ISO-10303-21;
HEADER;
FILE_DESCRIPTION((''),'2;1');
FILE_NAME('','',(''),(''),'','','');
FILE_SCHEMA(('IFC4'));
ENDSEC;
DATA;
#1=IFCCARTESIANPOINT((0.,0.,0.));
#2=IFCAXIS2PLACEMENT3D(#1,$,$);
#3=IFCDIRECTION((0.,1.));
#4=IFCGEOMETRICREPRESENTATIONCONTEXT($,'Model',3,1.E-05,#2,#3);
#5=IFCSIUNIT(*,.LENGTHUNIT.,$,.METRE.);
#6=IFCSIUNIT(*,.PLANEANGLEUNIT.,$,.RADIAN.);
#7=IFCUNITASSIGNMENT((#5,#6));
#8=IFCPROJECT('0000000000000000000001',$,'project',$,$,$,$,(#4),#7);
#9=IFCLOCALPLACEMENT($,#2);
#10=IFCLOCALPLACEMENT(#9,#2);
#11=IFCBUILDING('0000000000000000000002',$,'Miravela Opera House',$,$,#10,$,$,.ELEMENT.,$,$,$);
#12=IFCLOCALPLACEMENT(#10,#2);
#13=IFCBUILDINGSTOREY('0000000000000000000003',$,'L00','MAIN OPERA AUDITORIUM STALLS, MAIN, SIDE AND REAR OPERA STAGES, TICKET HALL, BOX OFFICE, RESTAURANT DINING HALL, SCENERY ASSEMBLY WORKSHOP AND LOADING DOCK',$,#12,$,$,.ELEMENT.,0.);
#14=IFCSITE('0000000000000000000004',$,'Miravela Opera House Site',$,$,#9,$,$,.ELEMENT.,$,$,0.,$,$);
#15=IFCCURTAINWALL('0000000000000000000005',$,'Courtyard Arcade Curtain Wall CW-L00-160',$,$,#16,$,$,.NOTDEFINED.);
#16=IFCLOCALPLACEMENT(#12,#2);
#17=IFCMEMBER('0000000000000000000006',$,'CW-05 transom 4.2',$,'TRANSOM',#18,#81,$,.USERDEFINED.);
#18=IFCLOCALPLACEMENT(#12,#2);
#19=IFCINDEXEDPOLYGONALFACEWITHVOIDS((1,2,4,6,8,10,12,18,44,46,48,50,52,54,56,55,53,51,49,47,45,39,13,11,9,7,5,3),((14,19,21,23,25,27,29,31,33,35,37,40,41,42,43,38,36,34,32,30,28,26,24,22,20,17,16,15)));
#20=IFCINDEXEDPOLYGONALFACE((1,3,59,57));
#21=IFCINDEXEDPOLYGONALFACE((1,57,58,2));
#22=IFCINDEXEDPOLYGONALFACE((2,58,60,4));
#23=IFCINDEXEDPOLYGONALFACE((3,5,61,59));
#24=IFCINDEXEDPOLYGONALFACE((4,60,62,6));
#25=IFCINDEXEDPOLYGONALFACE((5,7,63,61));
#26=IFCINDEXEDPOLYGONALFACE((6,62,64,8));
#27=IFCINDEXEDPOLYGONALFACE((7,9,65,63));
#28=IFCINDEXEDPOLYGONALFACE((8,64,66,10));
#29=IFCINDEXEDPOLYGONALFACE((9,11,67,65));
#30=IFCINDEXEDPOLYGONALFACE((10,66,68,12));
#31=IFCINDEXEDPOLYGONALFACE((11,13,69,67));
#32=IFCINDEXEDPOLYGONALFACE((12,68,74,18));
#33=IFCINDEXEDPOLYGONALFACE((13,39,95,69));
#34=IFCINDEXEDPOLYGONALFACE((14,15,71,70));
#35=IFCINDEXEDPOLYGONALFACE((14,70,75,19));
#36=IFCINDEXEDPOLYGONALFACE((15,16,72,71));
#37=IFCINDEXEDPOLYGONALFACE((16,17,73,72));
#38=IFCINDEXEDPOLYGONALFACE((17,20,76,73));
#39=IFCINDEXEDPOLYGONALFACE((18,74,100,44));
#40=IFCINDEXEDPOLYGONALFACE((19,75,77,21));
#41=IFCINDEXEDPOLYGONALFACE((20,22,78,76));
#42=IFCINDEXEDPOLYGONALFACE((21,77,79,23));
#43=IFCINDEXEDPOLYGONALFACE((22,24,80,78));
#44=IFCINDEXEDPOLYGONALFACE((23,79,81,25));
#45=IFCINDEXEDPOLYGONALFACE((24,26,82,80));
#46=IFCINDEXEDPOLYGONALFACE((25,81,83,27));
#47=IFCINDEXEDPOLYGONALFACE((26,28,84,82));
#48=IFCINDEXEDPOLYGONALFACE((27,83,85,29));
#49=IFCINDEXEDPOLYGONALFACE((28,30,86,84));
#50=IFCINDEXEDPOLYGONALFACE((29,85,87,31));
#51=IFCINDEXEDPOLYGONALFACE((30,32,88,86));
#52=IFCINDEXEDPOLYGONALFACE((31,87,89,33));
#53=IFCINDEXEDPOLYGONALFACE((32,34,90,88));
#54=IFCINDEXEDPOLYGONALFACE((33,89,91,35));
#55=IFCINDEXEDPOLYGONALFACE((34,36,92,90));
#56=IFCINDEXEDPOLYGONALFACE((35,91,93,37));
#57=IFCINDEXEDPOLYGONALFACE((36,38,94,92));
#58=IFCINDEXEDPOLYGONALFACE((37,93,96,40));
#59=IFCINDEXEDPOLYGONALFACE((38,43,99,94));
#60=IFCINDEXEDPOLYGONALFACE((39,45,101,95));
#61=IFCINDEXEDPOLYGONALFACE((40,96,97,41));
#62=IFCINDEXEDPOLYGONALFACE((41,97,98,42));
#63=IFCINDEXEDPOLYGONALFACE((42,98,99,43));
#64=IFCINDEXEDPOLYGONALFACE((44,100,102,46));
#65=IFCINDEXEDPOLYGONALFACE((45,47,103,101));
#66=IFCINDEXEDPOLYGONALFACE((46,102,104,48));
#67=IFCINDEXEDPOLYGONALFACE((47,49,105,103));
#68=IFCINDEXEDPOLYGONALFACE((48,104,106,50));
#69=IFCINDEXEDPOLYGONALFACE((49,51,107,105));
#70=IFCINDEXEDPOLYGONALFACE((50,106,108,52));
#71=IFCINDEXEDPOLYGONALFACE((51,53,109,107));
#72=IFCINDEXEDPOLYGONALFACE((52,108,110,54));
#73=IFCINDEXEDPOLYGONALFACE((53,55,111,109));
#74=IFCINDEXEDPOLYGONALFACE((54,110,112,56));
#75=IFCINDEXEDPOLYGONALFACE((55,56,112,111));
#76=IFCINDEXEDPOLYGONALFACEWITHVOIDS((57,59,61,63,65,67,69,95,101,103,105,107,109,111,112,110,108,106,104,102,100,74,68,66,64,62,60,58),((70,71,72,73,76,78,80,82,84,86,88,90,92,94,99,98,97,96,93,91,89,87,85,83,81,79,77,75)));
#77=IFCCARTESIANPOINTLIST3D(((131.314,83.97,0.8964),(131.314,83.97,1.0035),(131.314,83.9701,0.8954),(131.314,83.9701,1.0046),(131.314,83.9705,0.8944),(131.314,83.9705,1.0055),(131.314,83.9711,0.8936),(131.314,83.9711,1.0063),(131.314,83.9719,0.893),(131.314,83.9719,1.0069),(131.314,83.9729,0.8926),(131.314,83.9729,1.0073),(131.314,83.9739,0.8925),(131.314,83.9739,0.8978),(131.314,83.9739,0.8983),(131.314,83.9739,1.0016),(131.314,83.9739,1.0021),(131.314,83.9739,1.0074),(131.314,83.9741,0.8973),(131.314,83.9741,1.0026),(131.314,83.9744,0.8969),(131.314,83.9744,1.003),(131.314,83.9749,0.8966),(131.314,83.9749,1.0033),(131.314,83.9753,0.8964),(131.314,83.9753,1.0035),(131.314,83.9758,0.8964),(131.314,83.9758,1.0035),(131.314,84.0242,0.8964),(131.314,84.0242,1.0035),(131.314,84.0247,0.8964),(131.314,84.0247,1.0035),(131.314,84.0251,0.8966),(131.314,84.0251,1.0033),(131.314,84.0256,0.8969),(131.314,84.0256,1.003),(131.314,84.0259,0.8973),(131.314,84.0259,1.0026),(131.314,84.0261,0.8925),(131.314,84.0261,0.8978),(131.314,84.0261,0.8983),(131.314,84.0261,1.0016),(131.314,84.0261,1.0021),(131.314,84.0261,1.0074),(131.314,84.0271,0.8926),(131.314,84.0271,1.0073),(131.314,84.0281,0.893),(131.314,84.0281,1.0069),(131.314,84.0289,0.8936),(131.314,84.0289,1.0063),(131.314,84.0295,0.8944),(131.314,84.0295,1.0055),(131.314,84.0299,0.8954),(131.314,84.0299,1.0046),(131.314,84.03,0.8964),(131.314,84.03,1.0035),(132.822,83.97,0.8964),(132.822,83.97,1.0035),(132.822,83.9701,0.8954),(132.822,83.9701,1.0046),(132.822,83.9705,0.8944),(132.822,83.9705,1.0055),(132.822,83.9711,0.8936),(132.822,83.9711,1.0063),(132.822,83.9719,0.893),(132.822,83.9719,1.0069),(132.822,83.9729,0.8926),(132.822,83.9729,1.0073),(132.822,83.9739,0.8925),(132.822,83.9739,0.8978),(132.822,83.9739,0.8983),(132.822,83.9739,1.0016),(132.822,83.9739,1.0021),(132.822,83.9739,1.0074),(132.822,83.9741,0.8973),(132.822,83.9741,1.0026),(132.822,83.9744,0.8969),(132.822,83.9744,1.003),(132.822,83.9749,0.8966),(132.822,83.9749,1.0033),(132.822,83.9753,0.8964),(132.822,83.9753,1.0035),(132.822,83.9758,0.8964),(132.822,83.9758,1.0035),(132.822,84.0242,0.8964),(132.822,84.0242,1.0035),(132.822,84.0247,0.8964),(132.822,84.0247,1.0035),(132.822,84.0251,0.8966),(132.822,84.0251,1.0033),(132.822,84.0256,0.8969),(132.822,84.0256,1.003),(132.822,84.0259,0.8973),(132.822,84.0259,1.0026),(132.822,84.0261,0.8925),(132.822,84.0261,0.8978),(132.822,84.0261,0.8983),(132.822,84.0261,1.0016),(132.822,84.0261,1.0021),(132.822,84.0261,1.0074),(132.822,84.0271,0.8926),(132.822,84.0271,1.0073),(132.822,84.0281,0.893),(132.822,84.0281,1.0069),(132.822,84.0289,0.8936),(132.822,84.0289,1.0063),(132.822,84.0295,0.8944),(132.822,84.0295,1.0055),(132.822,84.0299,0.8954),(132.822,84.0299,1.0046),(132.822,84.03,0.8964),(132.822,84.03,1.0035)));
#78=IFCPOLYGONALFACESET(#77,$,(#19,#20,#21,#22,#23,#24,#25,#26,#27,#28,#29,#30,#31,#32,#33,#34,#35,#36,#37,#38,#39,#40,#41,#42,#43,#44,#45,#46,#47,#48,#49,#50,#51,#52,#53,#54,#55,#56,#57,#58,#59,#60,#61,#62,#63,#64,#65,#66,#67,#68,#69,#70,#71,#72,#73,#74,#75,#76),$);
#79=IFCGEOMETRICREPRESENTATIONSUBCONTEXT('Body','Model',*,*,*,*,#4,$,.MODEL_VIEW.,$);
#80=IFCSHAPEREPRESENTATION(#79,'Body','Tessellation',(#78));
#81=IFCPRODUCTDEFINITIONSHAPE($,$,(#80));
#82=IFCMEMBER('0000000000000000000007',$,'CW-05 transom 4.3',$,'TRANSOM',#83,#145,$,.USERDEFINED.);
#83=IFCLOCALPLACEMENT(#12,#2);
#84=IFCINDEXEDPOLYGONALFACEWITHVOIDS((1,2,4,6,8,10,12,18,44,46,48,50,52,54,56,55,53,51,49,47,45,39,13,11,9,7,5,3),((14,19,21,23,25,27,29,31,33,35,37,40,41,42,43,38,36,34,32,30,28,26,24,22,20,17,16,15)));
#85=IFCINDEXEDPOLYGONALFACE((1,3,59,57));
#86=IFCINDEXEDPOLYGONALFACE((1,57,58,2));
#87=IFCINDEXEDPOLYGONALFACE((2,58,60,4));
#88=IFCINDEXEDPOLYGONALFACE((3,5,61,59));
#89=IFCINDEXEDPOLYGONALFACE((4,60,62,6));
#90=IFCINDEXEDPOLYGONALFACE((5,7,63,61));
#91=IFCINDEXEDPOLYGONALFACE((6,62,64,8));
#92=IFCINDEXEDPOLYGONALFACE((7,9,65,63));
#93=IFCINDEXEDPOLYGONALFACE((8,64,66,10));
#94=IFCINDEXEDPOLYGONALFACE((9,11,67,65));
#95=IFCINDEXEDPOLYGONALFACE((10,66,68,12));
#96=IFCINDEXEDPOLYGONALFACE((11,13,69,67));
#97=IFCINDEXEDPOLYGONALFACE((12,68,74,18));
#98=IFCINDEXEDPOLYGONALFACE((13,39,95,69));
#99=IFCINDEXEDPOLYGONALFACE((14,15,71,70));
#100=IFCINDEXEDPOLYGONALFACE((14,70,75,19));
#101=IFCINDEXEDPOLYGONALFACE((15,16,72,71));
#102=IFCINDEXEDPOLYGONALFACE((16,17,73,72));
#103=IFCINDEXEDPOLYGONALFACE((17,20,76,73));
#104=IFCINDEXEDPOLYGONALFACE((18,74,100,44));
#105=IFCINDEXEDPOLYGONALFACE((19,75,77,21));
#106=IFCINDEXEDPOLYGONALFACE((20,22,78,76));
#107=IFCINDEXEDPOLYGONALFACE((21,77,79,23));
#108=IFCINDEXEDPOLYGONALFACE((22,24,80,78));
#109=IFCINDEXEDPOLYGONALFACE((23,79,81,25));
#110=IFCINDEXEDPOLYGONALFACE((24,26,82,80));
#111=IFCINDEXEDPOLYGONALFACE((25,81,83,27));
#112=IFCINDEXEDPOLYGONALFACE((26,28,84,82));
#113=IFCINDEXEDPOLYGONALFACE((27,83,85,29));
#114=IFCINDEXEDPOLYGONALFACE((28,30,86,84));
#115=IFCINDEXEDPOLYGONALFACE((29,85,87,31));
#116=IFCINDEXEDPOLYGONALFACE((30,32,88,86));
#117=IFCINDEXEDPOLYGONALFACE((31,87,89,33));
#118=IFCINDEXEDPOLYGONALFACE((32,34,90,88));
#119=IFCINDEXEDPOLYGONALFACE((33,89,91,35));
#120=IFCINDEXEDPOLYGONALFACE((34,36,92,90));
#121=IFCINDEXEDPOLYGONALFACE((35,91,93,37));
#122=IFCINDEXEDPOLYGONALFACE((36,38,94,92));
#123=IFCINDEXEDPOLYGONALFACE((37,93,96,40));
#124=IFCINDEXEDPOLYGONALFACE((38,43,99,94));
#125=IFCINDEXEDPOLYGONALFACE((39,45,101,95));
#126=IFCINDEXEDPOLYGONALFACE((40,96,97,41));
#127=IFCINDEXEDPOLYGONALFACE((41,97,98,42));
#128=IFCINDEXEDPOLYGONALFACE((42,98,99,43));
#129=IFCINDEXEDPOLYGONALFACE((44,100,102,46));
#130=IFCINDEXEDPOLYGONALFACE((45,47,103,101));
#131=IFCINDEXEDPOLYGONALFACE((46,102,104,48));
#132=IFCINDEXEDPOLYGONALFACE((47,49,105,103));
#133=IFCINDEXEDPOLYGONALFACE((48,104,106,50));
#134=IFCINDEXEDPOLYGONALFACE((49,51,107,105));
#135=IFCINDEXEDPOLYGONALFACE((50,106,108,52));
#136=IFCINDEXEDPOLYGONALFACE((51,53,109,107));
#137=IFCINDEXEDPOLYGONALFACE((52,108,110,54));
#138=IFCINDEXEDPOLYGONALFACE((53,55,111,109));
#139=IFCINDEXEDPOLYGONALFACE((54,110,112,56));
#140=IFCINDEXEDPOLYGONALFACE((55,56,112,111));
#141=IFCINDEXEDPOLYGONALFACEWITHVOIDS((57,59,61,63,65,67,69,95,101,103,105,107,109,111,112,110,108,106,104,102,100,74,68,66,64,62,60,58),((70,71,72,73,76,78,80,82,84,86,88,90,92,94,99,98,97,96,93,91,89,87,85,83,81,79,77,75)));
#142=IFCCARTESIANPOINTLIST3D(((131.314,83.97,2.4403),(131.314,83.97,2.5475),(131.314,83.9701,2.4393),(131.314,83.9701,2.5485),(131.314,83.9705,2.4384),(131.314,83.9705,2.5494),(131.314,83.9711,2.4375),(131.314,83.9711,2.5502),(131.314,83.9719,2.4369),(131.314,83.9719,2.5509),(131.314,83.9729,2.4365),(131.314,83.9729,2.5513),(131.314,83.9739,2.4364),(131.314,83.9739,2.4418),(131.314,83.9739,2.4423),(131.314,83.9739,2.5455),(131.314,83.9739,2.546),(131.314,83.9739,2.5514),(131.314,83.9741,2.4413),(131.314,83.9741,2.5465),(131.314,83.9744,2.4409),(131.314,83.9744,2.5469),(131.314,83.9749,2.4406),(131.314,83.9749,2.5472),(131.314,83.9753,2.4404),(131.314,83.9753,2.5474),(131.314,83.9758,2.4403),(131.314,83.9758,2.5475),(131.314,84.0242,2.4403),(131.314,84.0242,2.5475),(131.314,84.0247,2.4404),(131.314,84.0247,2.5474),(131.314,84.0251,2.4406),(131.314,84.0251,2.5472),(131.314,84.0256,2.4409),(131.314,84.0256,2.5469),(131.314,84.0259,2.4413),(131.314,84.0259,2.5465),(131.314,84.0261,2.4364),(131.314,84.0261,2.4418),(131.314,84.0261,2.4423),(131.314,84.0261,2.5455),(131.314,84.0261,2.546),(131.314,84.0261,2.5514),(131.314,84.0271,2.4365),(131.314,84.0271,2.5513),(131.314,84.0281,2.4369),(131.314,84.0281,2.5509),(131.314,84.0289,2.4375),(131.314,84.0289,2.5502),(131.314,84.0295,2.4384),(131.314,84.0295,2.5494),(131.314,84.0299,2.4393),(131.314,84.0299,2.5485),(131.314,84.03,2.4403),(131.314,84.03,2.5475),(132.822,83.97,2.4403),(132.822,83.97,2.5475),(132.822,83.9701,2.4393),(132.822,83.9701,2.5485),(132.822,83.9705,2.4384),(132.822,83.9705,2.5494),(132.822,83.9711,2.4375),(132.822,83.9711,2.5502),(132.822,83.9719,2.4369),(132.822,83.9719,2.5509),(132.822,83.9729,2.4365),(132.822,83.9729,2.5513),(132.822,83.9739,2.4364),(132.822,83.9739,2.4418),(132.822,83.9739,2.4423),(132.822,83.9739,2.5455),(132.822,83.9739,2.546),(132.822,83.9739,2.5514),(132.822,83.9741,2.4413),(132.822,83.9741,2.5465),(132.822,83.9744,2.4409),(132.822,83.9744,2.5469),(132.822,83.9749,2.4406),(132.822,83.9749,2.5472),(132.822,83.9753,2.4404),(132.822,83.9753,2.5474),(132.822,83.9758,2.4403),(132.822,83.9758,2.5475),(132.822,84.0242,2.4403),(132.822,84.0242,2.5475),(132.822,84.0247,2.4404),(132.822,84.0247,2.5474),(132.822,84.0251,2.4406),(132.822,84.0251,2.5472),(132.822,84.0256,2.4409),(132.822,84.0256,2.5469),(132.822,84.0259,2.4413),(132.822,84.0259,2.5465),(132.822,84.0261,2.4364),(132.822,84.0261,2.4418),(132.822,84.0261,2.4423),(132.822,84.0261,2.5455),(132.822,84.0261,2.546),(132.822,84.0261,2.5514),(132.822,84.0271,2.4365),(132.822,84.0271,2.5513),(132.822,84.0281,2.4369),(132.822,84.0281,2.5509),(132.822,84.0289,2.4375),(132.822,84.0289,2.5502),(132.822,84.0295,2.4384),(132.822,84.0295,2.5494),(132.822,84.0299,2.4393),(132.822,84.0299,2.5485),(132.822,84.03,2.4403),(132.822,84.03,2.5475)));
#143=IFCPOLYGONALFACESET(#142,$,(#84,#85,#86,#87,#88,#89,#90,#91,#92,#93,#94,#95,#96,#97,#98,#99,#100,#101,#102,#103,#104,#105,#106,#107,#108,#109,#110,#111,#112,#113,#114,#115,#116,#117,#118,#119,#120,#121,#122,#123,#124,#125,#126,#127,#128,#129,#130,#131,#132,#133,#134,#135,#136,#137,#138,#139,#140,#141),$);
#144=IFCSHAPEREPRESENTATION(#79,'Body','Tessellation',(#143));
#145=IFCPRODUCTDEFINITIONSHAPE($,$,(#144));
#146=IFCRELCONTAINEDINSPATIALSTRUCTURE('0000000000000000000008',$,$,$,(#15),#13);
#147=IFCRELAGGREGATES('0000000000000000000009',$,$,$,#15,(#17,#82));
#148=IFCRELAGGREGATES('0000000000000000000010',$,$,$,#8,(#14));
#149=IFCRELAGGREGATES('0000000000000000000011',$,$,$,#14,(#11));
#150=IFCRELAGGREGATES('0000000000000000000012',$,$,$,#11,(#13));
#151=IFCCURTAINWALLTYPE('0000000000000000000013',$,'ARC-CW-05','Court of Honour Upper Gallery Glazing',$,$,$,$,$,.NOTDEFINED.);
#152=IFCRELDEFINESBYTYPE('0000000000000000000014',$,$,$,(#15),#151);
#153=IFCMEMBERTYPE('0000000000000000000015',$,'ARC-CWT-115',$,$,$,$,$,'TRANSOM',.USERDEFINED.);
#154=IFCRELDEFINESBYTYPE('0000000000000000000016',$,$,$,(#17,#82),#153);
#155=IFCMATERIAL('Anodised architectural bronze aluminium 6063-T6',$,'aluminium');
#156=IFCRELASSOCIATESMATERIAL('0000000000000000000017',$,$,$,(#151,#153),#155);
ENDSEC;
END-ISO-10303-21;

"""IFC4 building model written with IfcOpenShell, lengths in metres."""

from ifc_helpers import new_model, si_unit, direction, frame, origin, origin_2d, place, context, subcontext, project, spatial, hollow_rectangle, extrude, material, material_profile, profile_set, type_object, element, aggregate, save


model = new_model("IFC4")

# Units and contexts
model_context = context("Model", 3, precision=1e-05, world=origin(), true_north=direction((0.0, 1.0)))
body_context = subcontext(model_context, "Body", "Model", "MODEL_VIEW")
ifc_project = project(units=[si_unit("LENGTHUNIT", "METRE"), si_unit("PLANEANGLEUNIT", "RADIAN")], contexts=[model_context])

# Site, building, storey
site_placement = place(None, origin())
site = spatial("IfcSite", under=ifc_project, at=site_placement, Name="Miravela Opera House Site", CompositionType="ELEMENT", RefElevation=0.0)
building_placement = place(site_placement, origin())
building = spatial("IfcBuilding", under=site, at=building_placement, Name="Miravela Opera House", CompositionType="ELEMENT")
storey_placement = place(building_placement, origin())
storey = spatial("IfcBuildingStorey", under=building, at=storey_placement, Name="L00", Description="MAIN OPERA AUDITORIUM STALLS, MAIN, SIDE AND REAR OPERA STAGES, TICKET HALL, BOX OFFICE, RESTAURANT DINING HALL, SCENERY ASSEMBLY WORKSHOP AND LOADING DOCK", CompositionType="ELEMENT", Elevation=0.0)

# Curtain wall, members
ifc_material_1 = material(Name="Anodised architectural bronze aluminium 6063-T6", Category="aluminium")
curtain_wall_type = type_object("IfcCurtainWallType", Name="ARC-CW-05", Description="Court of Honour Upper Gallery Glazing", PredefinedType="NOTDEFINED", material=ifc_material_1)
curtain_wall_placement = place(storey_placement, origin())
curtain_wall = element("IfcCurtainWall", 1, at=curtain_wall_placement, inside=storey, type_object=curtain_wall_type, Name="Courtyard Arcade Curtain Wall CW-L00-160", PredefinedType="NOTDEFINED")
ifc_material_profile_1 = material_profile(ifc_material_1, hollow_rectangle(XDim=0.0601, YDim=0.115, WallThickness=0.0039, InnerFilletRadius=0.002, OuterFilletRadius=0.0039, at=origin_2d()), Name="CWT-60X115")
ifc_profile_set_1 = profile_set([ifc_material_profile_1])
member_type_1 = type_object("IfcMemberType", Name="ARC-CWT-115", ElementType="TRANSOM", PredefinedType="USERDEFINED", material=ifc_profile_set_1)
member_1_placement = place(storey_placement, frame((131.314, 84.0, 0.95), z_axis=(1.0, 0.0, 0.0), x_axis=(0.0, 1.0, 0.0)))
member_1 = element("IfcMember", 2, at=member_1_placement, type_object=member_type_1, Name="CW-05 transom 4.2", ObjectType="TRANSOM", PredefinedType="USERDEFINED", context=body_context, shape_type="SweptSolid", body=[
    extrude(hollow_rectangle(XDim=0.0601, YDim=0.115, WallThickness=0.0039, InnerFilletRadius=0.002, OuterFilletRadius=0.0039, at=origin_2d()), origin(), (0.0, 0.0, 1.0), 1.5081),
])
member_2_placement = place(storey_placement, frame((131.314, 84.0, 2.4939), z_axis=(1.0, 0.0, 0.0), x_axis=(0.0, 1.0, 0.0)))
member_2 = element("IfcMember", 3, at=member_2_placement, type_object=member_type_1, Name="CW-05 transom 4.3", ObjectType="TRANSOM", PredefinedType="USERDEFINED", context=body_context, shape_type="SweptSolid", body=[
    extrude(hollow_rectangle(XDim=0.0601, YDim=0.115, WallThickness=0.0039, InnerFilletRadius=0.002, OuterFilletRadius=0.0039, at=origin_2d()), origin(), (0.0, 0.0, 1.0), 1.5081),
])
aggregate(curtain_wall, [member_1, member_2])

save(model, "model.ifc")
